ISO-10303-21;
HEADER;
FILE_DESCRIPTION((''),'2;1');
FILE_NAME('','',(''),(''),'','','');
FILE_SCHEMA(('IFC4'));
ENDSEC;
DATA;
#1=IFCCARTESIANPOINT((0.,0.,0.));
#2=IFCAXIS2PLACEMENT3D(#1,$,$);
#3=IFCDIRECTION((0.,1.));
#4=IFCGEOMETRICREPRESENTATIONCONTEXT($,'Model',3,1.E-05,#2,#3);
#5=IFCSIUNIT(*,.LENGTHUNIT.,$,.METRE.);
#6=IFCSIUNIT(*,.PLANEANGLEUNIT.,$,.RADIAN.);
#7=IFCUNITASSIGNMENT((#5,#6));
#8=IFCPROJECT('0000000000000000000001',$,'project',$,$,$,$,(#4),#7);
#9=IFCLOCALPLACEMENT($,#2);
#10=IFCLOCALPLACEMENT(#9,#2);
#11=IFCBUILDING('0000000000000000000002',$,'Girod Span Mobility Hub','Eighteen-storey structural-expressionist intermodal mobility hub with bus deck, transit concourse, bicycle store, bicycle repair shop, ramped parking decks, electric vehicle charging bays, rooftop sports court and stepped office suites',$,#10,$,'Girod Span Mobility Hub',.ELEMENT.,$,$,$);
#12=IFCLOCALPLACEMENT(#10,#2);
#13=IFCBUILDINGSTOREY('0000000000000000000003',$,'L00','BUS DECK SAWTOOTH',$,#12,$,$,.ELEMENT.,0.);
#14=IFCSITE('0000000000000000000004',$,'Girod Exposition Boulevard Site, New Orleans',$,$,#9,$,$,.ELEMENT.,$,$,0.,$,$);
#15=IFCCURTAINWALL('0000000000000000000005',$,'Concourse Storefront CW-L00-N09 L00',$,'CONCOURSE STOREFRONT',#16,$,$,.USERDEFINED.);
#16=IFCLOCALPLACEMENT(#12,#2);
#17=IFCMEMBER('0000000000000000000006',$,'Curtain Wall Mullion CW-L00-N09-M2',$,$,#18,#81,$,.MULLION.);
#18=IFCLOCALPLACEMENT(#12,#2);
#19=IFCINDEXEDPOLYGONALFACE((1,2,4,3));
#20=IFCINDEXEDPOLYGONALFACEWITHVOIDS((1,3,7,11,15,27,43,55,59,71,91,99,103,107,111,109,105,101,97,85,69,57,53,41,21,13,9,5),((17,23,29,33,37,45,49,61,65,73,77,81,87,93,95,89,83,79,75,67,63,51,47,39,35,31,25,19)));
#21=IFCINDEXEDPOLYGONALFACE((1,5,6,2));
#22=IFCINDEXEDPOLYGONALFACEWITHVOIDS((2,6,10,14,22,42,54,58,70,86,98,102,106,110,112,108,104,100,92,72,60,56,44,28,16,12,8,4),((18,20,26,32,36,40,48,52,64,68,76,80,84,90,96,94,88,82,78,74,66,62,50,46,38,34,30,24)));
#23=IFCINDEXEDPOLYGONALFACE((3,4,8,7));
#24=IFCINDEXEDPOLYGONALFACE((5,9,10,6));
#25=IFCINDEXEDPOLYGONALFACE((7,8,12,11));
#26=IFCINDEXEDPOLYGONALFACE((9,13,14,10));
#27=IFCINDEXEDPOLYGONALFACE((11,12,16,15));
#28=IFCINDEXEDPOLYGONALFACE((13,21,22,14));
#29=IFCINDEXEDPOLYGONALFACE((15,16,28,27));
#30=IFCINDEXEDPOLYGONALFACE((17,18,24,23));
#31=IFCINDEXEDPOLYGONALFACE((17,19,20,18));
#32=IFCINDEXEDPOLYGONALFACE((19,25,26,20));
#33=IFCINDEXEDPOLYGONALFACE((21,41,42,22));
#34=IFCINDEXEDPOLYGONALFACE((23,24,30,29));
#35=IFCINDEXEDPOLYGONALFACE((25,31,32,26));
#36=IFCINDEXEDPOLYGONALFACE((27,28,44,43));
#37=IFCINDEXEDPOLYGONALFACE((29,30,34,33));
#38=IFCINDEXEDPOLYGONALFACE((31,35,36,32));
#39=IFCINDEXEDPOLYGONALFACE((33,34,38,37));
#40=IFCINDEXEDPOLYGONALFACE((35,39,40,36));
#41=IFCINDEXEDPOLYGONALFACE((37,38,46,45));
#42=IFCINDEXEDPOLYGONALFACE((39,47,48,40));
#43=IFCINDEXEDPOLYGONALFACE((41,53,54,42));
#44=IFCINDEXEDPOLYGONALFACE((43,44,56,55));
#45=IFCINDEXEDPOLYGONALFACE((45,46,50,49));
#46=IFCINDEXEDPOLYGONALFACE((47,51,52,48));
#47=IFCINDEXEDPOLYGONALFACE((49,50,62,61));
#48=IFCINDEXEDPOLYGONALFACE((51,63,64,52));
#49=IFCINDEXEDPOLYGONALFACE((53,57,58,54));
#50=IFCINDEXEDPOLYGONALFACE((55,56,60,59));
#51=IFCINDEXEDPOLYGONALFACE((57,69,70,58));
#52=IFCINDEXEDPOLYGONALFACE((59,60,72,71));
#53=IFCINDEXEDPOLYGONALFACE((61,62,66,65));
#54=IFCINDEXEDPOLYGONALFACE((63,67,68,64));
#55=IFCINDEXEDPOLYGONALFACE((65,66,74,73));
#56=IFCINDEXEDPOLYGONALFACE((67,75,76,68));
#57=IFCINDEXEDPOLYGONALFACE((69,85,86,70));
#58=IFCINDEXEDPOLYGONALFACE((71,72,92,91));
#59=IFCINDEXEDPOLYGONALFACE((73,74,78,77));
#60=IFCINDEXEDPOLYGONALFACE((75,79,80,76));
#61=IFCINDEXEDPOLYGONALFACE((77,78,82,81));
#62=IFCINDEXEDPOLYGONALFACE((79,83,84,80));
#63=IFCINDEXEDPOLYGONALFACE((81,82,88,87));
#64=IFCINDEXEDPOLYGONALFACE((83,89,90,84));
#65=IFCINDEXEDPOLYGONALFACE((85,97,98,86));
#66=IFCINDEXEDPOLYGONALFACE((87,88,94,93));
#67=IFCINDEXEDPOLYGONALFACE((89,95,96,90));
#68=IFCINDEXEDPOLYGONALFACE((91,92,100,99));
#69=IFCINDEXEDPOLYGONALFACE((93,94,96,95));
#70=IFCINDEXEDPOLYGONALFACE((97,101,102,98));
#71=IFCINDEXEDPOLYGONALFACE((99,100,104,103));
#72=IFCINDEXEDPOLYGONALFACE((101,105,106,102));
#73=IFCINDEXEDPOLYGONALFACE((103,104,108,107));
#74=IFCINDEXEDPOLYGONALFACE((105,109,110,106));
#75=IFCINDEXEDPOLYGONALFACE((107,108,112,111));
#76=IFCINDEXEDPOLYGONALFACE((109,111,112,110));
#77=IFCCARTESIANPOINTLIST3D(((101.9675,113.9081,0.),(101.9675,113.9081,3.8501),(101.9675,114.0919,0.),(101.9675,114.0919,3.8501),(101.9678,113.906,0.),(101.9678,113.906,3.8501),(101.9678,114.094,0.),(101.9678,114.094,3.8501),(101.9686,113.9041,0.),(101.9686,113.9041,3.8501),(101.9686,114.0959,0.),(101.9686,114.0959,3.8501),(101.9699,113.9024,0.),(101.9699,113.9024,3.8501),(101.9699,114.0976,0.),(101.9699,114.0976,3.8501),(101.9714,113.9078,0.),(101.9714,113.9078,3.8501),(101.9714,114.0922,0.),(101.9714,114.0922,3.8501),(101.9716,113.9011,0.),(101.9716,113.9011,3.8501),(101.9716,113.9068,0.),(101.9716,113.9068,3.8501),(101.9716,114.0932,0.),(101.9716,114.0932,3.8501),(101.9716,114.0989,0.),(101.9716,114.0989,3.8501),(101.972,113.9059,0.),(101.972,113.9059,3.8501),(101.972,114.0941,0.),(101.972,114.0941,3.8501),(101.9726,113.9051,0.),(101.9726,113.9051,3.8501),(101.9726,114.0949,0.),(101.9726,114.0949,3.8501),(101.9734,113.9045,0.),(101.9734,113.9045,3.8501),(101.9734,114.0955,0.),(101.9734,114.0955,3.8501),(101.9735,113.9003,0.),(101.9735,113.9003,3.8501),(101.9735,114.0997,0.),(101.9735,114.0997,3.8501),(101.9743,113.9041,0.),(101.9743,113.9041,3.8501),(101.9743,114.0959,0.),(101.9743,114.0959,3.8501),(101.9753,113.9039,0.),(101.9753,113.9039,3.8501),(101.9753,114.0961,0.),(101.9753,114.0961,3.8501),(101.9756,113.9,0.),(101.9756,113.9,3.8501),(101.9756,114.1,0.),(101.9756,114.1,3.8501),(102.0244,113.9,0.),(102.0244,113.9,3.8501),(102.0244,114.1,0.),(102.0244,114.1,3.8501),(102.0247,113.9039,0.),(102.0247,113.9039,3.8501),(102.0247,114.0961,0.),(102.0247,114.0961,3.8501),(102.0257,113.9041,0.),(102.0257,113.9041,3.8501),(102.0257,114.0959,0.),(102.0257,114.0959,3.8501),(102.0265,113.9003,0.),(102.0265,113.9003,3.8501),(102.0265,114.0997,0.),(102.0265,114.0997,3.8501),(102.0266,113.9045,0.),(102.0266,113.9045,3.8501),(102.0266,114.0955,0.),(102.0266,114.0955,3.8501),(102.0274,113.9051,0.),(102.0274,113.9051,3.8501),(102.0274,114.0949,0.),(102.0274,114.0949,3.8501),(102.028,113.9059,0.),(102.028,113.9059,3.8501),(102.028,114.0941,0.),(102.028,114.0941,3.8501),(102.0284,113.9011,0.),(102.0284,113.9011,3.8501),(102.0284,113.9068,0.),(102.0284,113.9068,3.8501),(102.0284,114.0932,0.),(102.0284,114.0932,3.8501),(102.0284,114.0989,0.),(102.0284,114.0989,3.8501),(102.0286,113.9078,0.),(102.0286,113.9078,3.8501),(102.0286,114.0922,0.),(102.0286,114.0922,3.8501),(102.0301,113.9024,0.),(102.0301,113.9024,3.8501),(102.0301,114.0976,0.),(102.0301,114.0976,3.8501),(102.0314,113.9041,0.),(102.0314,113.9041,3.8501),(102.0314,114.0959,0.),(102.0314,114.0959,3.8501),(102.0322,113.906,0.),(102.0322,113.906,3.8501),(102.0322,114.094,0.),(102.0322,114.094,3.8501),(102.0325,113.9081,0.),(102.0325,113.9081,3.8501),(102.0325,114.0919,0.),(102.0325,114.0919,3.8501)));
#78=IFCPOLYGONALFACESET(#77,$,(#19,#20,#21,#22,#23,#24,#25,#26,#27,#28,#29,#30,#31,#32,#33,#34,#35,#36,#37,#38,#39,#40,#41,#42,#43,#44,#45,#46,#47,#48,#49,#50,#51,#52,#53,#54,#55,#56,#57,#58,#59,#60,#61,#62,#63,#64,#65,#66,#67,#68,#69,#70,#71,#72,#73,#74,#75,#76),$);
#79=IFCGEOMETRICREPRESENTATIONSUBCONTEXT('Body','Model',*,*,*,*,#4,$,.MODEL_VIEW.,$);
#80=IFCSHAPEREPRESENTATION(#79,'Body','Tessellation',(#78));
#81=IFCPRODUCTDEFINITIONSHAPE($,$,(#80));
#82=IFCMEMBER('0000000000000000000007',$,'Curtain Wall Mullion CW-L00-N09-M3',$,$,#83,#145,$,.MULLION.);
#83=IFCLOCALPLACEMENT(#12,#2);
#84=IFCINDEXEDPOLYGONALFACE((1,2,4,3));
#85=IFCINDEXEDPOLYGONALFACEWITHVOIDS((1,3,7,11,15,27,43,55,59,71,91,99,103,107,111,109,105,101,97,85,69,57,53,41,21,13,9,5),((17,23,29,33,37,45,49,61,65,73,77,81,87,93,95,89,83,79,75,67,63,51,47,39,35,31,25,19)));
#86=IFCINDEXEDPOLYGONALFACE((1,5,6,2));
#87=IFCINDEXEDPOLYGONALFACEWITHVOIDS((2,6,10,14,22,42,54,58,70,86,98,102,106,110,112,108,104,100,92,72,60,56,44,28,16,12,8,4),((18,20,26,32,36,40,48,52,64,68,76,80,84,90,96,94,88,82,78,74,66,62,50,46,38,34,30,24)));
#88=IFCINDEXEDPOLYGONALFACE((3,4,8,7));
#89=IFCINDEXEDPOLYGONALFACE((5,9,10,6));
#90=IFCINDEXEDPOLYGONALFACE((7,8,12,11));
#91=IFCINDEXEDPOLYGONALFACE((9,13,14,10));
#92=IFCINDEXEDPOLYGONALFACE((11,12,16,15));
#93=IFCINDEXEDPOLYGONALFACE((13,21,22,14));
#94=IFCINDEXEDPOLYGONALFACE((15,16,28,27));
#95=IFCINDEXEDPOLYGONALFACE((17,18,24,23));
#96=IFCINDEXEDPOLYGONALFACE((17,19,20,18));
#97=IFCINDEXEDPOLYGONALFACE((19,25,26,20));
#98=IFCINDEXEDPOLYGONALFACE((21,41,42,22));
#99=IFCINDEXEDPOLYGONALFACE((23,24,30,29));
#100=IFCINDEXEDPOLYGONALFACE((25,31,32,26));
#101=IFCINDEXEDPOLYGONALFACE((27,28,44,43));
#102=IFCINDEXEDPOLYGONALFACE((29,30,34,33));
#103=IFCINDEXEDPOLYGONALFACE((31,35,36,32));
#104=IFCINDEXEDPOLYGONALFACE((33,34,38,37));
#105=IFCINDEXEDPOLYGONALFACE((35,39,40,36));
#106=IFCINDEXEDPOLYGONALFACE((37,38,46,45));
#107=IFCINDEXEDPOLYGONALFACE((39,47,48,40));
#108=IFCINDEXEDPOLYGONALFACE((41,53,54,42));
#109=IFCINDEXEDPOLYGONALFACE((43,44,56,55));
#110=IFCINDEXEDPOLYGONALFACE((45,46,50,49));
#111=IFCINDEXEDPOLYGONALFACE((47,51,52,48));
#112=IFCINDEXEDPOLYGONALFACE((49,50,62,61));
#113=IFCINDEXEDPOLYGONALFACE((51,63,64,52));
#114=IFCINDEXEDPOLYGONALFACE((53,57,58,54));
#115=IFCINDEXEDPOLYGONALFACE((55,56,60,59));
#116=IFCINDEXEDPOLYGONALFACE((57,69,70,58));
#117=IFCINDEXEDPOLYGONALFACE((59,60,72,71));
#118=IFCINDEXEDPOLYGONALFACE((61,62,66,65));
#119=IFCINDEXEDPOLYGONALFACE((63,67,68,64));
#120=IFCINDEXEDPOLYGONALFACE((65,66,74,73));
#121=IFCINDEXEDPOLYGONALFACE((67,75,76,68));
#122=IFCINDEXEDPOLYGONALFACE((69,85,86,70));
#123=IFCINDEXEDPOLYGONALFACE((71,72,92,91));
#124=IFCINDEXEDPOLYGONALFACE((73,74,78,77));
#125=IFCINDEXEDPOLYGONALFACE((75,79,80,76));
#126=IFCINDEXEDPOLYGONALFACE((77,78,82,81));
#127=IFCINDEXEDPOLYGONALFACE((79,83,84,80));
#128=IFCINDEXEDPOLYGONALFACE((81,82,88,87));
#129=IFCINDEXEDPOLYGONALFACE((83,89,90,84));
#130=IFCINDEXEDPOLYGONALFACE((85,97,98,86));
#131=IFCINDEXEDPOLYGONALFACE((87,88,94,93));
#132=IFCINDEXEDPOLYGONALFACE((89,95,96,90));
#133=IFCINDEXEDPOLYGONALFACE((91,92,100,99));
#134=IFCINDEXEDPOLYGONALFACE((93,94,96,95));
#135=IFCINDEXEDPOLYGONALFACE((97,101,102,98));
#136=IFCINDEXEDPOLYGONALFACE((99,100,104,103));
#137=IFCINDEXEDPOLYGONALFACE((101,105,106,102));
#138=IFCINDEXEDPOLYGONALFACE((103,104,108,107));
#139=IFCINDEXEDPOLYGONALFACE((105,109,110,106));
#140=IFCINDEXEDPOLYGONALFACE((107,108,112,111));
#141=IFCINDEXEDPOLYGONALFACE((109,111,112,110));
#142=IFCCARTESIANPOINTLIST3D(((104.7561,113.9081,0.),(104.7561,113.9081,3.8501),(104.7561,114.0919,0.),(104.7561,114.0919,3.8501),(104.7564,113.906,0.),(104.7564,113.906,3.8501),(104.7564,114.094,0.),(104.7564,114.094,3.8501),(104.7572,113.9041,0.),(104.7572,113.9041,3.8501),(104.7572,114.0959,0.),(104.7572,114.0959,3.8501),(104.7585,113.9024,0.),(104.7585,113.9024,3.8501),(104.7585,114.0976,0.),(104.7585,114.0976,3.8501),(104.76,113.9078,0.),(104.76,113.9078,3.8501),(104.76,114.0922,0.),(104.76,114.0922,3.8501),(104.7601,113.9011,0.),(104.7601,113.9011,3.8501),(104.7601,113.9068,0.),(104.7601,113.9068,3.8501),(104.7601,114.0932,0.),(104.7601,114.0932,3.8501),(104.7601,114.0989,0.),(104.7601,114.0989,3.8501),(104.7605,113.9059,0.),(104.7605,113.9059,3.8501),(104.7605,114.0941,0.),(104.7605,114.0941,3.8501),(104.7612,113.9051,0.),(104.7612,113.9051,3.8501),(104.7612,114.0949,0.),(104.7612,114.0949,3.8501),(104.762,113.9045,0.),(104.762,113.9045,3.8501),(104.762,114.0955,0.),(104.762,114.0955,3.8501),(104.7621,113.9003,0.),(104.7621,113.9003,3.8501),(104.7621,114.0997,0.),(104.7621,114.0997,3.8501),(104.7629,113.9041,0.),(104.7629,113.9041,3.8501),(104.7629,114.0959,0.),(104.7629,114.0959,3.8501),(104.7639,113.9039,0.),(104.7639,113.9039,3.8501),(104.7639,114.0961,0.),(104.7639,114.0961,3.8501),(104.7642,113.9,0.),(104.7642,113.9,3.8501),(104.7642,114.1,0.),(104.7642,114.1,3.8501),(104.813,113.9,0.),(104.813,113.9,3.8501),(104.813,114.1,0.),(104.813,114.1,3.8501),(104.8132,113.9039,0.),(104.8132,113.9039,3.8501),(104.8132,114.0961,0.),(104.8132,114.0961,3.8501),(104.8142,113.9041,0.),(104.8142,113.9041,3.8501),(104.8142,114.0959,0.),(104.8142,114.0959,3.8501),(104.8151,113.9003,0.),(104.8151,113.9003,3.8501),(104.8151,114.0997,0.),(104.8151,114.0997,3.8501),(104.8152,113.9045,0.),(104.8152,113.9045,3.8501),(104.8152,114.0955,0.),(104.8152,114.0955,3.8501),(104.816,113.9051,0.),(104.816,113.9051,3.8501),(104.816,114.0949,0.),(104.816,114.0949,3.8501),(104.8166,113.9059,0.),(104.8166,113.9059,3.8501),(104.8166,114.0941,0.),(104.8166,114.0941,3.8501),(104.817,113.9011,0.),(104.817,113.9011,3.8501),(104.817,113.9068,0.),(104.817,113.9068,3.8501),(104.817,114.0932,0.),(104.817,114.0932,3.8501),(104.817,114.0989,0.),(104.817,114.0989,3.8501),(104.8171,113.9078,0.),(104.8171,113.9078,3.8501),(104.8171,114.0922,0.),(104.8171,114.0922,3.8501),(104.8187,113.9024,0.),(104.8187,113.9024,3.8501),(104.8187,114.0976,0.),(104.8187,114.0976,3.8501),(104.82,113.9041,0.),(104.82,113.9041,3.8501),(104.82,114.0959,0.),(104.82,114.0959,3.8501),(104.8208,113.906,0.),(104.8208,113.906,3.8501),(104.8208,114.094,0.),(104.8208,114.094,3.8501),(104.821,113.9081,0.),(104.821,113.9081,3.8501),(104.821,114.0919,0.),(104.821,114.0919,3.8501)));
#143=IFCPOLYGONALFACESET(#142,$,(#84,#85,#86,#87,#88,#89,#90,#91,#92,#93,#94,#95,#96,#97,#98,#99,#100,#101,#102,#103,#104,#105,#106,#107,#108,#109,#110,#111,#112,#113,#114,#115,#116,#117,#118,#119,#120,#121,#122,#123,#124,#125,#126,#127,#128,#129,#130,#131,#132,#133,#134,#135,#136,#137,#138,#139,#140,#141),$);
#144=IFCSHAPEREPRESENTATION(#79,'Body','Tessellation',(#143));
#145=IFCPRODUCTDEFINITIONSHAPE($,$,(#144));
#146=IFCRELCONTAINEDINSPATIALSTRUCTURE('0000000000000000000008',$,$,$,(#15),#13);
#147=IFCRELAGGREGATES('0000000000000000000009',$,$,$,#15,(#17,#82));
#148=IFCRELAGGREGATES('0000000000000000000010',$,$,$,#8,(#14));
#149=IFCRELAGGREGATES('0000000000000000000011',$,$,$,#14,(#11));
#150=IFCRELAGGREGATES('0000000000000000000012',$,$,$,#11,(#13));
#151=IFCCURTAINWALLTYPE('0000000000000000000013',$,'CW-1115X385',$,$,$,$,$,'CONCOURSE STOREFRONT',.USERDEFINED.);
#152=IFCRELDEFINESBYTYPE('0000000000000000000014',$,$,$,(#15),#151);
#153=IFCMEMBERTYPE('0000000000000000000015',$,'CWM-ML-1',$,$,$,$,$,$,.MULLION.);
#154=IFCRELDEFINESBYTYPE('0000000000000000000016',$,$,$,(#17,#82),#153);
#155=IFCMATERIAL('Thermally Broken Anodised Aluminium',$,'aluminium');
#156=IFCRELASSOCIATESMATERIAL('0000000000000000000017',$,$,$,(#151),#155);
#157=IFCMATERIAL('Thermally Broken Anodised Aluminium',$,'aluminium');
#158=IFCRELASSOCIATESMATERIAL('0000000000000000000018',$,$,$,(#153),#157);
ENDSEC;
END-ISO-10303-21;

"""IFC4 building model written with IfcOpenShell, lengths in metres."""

from ifc_helpers import new_model, si_unit, direction, frame, origin, origin_2d, place, context, subcontext, project, spatial, hollow_rectangle, extrude, material, material_profile, profile_set, type_object, element, aggregate, save


model = new_model("IFC4")

# Units and contexts
model_context = context("Model", 3, precision=1e-05, world=origin(), true_north=direction((0.0, 1.0)))
body_context = subcontext(model_context, "Body", "Model", "MODEL_VIEW")
ifc_project = project(units=[si_unit("LENGTHUNIT", "METRE"), si_unit("PLANEANGLEUNIT", "RADIAN")], contexts=[model_context])

# Site, building, storey
site_placement = place(None, origin())
site = spatial("IfcSite", under=ifc_project, at=site_placement, Name="Girod Exposition Boulevard Site, New Orleans", CompositionType="ELEMENT", RefElevation=0.0)
building_placement = place(site_placement, origin())
building = spatial("IfcBuilding", under=site, at=building_placement, Name="Girod Span Mobility Hub", Description="Eighteen-storey structural-expressionist intermodal mobility hub with bus deck, transit concourse, bicycle store, bicycle repair shop, ramped parking decks, electric vehicle charging bays, rooftop sports court and stepped office suites", LongName="Girod Span Mobility Hub", CompositionType="ELEMENT")
storey_placement = place(building_placement, origin())
storey = spatial("IfcBuildingStorey", under=building, at=storey_placement, Name="L00", Description="BUS DECK SAWTOOTH", CompositionType="ELEMENT", Elevation=0.0)

# Curtain wall, members
ifc_material_1 = material(Name="Thermally Broken Anodised Aluminium", Category="aluminium")
curtain_wall_type = type_object("IfcCurtainWallType", Name="CW-1115X385", ElementType="CONCOURSE STOREFRONT", PredefinedType="USERDEFINED", material=ifc_material_1)
curtain_wall_placement = place(storey_placement, origin())
curtain_wall = element("IfcCurtainWall", 1, at=curtain_wall_placement, inside=storey, type_object=curtain_wall_type, Name="Concourse Storefront CW-L00-N09 L00", ObjectType="CONCOURSE STOREFRONT", PredefinedType="USERDEFINED")
ifc_material_2 = material(Name="Thermally Broken Anodised Aluminium", Category="aluminium")
ifc_material_profile_1 = material_profile(ifc_material_2, hollow_rectangle(XDim=0.2, YDim=0.0649, WallThickness=0.0039, InnerFilletRadius=0.0039, OuterFilletRadius=0.0081, at=origin_2d()), Name="CW-ML-65X200")
ifc_profile_set_1 = profile_set([ifc_material_profile_1], Name="Thermally Broken Anodised Aluminium")
member_type_1 = type_object("IfcMemberType", Name="CWM-ML-1", PredefinedType="MULLION", material=ifc_profile_set_1)
member_1_placement = place(storey_placement, frame((102.0, 114.0, 0.0), z_axis=(0.0, 0.0, 1.0), x_axis=(0.0, 1.0, 0.0)))
member_1 = element("IfcMember", 2, at=member_1_placement, type_object=member_type_1, Name="Curtain Wall Mullion CW-L00-N09-M2", PredefinedType="MULLION", context=body_context, shape_type="SweptSolid", body=[
    extrude(hollow_rectangle(XDim=0.2, YDim=0.0649, WallThickness=0.0039, InnerFilletRadius=0.0039, OuterFilletRadius=0.0081, at=origin_2d()), origin(), (0.0, 0.0, 1.0), 3.8501),
])
member_2_placement = place(storey_placement, frame((104.7886, 114.0, 0.0), z_axis=(0.0, 0.0, 1.0), x_axis=(0.0, 1.0, 0.0)))
member_2 = element("IfcMember", 3, at=member_2_placement, type_object=member_type_1, Name="Curtain Wall Mullion CW-L00-N09-M3", PredefinedType="MULLION", context=body_context, shape_type="SweptSolid", body=[
    extrude(hollow_rectangle(XDim=0.2, YDim=0.0649, WallThickness=0.0039, InnerFilletRadius=0.0039, OuterFilletRadius=0.0081, at=origin_2d()), origin(), (0.0, 0.0, 1.0), 3.8501),
])
aggregate(curtain_wall, [member_1, member_2])

save(model, "model.ifc")
